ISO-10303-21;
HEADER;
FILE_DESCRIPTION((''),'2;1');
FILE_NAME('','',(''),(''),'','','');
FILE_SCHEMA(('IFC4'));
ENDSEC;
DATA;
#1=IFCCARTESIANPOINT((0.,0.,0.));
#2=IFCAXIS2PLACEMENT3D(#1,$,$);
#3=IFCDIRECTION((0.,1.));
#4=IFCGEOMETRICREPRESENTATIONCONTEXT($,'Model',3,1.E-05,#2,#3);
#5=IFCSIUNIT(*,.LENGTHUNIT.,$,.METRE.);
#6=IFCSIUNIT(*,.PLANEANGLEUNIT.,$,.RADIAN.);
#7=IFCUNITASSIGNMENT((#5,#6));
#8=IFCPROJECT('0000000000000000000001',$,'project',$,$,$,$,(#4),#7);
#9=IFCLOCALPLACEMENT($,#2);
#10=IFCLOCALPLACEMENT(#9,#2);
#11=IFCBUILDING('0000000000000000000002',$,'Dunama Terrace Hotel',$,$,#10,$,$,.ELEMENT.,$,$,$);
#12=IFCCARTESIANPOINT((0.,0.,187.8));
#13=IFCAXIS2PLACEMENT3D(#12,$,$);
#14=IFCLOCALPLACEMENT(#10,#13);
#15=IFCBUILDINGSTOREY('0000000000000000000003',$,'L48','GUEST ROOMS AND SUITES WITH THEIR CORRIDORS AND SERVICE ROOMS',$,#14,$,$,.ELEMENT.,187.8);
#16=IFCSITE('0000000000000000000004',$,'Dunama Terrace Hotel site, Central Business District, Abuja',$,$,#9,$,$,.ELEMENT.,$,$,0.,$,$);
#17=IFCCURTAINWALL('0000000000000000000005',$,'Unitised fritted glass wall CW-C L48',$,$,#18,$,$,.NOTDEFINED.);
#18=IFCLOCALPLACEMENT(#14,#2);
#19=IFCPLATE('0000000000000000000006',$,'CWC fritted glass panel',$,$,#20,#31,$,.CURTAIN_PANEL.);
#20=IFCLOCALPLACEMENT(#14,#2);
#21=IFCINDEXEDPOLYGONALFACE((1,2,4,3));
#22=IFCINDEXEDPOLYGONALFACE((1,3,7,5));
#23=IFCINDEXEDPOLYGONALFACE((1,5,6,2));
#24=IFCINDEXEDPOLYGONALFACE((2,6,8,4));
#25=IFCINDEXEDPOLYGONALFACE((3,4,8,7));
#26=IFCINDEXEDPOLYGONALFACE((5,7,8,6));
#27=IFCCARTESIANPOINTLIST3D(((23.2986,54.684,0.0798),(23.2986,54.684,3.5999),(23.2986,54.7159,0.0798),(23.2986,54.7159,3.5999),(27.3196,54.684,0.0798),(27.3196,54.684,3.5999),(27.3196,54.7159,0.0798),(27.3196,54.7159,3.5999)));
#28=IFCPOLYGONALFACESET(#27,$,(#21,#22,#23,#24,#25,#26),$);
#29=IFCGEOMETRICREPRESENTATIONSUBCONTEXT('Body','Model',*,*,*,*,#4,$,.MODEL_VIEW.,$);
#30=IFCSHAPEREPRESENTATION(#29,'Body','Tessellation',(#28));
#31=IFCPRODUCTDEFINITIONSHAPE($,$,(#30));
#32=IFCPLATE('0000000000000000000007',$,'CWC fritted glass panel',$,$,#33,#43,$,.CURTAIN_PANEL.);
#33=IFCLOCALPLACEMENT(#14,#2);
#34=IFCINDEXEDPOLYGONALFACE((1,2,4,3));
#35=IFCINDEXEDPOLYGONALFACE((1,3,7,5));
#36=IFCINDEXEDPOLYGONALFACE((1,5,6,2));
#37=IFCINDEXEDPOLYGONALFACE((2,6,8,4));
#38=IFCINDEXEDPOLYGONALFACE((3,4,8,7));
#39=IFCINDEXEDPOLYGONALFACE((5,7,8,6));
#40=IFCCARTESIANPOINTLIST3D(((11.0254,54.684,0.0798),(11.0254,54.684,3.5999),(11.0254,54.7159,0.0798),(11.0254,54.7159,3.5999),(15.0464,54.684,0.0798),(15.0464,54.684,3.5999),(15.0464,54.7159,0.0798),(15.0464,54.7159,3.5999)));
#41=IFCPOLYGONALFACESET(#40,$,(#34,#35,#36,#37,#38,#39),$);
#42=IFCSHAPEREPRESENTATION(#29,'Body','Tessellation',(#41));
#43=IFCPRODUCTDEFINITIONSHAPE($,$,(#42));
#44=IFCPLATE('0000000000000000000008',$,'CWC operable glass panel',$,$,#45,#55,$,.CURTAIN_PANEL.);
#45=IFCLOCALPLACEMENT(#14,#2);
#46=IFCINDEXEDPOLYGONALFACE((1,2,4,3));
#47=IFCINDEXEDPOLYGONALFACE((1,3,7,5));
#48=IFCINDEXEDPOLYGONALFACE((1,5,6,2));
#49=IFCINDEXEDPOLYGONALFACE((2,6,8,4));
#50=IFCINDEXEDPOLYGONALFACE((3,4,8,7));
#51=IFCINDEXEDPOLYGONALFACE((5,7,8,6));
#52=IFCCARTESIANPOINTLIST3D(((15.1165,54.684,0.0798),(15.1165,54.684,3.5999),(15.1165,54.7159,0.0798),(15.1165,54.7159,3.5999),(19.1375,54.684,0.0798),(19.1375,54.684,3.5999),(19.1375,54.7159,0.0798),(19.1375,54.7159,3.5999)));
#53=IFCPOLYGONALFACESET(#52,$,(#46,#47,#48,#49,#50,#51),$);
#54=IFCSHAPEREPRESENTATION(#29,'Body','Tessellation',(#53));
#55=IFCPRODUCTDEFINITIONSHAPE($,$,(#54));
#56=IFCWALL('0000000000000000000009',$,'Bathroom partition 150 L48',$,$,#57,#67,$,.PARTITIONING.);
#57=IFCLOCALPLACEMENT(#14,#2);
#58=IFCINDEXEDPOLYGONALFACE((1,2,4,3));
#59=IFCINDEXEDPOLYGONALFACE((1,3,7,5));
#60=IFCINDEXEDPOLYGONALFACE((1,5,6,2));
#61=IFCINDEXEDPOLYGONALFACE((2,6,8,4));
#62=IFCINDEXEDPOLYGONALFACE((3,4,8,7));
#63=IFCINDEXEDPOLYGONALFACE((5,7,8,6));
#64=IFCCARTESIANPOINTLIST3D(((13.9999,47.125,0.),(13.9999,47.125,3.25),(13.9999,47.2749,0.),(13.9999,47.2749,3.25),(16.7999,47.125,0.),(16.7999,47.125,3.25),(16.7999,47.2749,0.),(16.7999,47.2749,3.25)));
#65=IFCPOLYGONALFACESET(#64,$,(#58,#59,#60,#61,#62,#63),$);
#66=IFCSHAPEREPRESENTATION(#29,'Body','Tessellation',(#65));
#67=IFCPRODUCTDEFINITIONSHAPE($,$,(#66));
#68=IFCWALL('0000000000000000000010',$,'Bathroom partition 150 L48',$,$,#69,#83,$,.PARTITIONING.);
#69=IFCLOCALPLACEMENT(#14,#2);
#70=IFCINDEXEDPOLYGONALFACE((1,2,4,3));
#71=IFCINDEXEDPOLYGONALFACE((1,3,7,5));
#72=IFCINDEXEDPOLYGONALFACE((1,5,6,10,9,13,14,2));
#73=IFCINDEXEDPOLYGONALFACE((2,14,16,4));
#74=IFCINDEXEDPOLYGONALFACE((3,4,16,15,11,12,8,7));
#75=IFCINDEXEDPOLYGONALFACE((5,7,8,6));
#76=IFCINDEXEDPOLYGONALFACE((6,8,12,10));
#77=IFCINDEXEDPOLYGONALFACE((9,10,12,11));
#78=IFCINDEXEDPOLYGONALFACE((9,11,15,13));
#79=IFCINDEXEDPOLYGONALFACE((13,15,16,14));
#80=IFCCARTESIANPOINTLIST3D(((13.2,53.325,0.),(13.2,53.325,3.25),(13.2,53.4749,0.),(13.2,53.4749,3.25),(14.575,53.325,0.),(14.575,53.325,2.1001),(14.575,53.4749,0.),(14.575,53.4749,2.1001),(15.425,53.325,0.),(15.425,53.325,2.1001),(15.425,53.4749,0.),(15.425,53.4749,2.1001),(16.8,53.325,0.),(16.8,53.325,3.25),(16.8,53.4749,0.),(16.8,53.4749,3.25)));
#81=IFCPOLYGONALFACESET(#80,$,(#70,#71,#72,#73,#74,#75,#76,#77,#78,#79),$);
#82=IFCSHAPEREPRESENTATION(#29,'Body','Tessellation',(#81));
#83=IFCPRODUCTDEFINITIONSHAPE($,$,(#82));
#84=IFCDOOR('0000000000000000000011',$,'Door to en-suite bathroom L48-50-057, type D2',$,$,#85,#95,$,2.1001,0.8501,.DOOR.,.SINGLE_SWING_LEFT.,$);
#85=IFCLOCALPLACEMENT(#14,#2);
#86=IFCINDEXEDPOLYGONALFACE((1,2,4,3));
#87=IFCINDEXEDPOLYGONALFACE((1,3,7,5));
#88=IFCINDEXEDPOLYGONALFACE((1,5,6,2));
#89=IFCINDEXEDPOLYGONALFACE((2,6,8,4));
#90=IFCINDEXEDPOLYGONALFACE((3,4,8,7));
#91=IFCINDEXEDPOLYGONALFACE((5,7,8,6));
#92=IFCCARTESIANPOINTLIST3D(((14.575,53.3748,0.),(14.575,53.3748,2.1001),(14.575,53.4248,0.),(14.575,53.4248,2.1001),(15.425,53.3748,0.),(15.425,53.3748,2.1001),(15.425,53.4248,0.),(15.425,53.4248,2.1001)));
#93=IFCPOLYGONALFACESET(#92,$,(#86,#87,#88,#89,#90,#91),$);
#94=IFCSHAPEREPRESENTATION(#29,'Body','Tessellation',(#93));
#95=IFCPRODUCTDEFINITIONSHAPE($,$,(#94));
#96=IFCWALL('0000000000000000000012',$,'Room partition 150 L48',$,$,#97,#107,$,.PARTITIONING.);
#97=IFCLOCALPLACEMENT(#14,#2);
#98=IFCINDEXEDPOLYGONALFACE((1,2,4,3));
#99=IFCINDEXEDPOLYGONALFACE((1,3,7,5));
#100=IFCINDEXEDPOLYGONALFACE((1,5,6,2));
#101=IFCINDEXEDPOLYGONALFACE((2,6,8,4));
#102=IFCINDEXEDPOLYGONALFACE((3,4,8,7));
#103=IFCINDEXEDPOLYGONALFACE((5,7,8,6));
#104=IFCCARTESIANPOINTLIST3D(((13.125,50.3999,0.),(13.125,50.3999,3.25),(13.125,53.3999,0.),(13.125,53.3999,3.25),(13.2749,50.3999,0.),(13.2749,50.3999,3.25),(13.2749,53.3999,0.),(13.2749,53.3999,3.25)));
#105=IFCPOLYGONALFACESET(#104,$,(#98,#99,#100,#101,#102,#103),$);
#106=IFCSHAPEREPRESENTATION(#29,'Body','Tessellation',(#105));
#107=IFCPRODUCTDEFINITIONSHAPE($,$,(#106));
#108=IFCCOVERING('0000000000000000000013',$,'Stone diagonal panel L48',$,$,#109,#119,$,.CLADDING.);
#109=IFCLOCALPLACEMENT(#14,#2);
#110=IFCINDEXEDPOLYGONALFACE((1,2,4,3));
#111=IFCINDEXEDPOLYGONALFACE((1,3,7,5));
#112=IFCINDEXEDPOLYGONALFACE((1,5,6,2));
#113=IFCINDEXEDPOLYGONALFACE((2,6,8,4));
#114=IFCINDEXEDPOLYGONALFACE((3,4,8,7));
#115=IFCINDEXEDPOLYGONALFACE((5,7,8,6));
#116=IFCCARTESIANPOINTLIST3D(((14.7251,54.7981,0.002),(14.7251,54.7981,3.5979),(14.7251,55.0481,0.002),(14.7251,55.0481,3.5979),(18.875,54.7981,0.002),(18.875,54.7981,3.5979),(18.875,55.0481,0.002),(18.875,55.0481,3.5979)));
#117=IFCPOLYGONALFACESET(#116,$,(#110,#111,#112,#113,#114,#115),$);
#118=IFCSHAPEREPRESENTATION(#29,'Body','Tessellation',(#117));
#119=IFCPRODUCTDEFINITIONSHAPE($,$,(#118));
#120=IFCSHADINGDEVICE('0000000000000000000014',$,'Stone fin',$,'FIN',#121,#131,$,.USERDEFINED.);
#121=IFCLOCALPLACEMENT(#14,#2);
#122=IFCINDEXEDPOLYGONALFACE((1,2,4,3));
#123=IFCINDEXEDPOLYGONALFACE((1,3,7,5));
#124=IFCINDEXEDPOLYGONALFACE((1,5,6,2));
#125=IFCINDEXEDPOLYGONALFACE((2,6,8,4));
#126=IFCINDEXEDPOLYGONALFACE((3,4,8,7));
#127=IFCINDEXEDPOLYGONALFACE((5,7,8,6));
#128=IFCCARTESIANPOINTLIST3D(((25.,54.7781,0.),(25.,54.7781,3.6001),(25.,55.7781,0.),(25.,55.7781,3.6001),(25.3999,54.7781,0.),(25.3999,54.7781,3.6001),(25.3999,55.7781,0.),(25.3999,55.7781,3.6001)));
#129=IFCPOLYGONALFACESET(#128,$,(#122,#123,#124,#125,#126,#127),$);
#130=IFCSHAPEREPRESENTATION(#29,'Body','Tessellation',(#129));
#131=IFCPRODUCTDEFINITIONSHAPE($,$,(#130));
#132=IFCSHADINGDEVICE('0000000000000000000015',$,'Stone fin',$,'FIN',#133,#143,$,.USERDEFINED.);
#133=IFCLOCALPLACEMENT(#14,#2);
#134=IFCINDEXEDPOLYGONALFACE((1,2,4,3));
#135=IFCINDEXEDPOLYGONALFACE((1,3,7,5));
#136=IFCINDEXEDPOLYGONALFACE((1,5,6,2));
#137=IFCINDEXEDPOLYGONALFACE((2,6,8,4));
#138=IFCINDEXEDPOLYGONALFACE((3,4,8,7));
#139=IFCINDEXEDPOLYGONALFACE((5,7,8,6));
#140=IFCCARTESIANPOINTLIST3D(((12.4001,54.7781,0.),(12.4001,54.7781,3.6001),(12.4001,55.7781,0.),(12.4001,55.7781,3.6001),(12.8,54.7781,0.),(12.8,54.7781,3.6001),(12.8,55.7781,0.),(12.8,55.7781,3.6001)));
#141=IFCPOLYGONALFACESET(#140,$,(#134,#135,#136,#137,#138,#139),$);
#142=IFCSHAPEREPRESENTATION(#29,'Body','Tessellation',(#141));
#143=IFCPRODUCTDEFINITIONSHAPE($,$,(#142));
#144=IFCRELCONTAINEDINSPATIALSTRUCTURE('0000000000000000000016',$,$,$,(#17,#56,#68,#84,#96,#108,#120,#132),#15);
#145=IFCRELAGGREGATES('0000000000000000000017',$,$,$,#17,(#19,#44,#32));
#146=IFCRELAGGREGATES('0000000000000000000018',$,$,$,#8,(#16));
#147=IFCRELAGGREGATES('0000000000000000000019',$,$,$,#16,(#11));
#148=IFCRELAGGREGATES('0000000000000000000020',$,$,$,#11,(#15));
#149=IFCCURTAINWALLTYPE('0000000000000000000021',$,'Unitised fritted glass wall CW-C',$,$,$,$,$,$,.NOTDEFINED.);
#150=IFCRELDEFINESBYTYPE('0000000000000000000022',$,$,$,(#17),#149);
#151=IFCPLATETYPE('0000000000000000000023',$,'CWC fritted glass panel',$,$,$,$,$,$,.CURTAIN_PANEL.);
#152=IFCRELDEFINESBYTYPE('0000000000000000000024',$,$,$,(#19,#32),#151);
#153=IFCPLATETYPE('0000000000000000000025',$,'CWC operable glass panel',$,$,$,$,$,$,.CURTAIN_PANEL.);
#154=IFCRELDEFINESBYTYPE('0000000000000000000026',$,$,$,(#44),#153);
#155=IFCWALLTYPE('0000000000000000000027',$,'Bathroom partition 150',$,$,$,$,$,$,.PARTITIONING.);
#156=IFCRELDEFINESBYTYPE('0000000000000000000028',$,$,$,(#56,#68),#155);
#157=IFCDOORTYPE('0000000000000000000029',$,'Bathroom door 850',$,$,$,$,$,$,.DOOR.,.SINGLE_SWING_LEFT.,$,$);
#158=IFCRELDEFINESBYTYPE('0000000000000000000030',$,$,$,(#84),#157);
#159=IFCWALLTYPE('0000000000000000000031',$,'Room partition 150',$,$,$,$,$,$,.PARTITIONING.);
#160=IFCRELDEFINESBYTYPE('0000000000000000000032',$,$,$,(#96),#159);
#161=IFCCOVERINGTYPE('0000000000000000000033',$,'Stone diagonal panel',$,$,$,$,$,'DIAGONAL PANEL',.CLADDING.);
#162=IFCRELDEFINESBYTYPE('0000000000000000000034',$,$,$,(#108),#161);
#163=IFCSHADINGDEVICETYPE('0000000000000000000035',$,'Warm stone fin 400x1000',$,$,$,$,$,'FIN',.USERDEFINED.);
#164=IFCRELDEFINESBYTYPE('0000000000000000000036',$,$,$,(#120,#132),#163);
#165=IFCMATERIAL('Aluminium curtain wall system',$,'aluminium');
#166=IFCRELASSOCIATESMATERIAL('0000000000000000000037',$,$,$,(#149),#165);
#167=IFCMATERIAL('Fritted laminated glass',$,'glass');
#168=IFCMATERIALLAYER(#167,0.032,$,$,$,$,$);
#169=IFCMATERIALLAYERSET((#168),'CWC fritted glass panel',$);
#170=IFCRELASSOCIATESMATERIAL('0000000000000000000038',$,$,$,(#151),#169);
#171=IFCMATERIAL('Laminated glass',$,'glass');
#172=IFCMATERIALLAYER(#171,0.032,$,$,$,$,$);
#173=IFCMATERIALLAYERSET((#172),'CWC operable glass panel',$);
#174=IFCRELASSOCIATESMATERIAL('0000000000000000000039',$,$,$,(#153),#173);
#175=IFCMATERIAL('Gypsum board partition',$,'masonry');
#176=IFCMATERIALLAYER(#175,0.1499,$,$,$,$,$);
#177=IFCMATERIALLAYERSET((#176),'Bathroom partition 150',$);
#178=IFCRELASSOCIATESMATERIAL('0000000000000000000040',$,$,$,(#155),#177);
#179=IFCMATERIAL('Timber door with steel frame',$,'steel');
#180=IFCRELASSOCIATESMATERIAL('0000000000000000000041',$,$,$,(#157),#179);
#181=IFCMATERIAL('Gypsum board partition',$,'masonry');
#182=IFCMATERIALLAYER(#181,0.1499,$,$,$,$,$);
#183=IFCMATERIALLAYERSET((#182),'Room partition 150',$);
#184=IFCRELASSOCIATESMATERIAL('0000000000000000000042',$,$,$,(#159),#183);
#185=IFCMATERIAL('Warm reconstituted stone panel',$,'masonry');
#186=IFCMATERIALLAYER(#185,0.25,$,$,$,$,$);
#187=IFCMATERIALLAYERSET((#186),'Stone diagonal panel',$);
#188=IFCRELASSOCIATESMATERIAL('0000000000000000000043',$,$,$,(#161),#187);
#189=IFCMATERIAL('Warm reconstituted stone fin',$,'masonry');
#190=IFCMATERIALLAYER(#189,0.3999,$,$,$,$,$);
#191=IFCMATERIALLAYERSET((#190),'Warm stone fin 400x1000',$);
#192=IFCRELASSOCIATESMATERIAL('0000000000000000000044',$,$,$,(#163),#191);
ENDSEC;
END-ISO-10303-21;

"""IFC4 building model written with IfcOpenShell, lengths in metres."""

from ifc_helpers import new_model, si_unit, direction, frame, frame_2d, origin, origin_2d, place, context, subcontext, project, spatial, rectangle, extrude, material, layer, layer_set, type_object, element, fill, aggregate, save


model = new_model("IFC4")

# Units and contexts
model_context = context("Model", 3, precision=1e-05, world=origin(), true_north=direction((0.0, 1.0)))
body_context = subcontext(model_context, "Body", "Model", "MODEL_VIEW")
ifc_project = project(units=[si_unit("LENGTHUNIT", "METRE"), si_unit("PLANEANGLEUNIT", "RADIAN")], contexts=[model_context])

# Site, building, storey
site_placement = place(None, origin())
site = spatial("IfcSite", under=ifc_project, at=site_placement, Name="Dunama Terrace Hotel site, Central Business District, Abuja", CompositionType="ELEMENT", RefElevation=0.0)
building_placement = place(site_placement, origin())
building = spatial("IfcBuilding", under=site, at=building_placement, Name="Dunama Terrace Hotel", CompositionType="ELEMENT")
storey_placement = place(building_placement, frame((0.0, 0.0, 187.8)))
storey = spatial("IfcBuildingStorey", under=building, at=storey_placement, Name="L48", Description="GUEST ROOMS AND SUITES WITH THEIR CORRIDORS AND SERVICE ROOMS", CompositionType="ELEMENT", Elevation=187.8)

# Curtain wall
ifc_material_1 = material(Name="Aluminium curtain wall system", Category="aluminium")
curtain_wall_type = type_object("IfcCurtainWallType", Name="Unitised fritted glass wall CW-C", PredefinedType="NOTDEFINED", material=ifc_material_1)
curtain_wall_placement = place(storey_placement, origin())
curtain_wall = element("IfcCurtainWall", 1, at=curtain_wall_placement, inside=storey, type_object=curtain_wall_type, Name="Unitised fritted glass wall CW-C L48", PredefinedType="NOTDEFINED")

# Plates
ifc_material_2 = material(Name="Fritted laminated glass", Category="glass")
ifc_layer_1 = layer(ifc_material_2, 0.032)
ifc_layer_set_1 = layer_set([ifc_layer_1], Name="CWC fritted glass panel")
plate_type_1 = type_object("IfcPlateType", Name="CWC fritted glass panel", PredefinedType="CURTAIN_PANEL", material=ifc_layer_set_1)
plate_1_placement = place(storey_placement, frame((25.3091, 54.7, 0.0798), z_axis=(0.0, 0.0, 1.0), x_axis=(-1.0, 0.0, 0.0)))
plate_1 = element("IfcPlate", 2, at=plate_1_placement, type_object=plate_type_1, Name="CWC fritted glass panel", PredefinedType="CURTAIN_PANEL", context=body_context, shape_type="SweptSolid", body=[
    extrude(rectangle(XDim=4.021, YDim=0.032, at=origin_2d()), origin(), (0.0, 0.0, 1.0), 3.52),
])
plate_2_placement = place(storey_placement, frame((13.0359, 54.7, 0.0798), z_axis=(0.0, 0.0, 1.0), x_axis=(-1.0, 0.0, 0.0)))
plate_2 = element("IfcPlate", 3, at=plate_2_placement, type_object=plate_type_1, Name="CWC fritted glass panel", PredefinedType="CURTAIN_PANEL", context=body_context, shape_type="SweptSolid", body=[
    extrude(rectangle(XDim=4.021, YDim=0.032, at=origin_2d()), origin(), (0.0, 0.0, 1.0), 3.52),
])
ifc_material_3 = material(Name="Laminated glass", Category="glass")
ifc_layer_2 = layer(ifc_material_3, 0.032)
ifc_layer_set_2 = layer_set([ifc_layer_2], Name="CWC operable glass panel")
plate_type_2 = type_object("IfcPlateType", Name="CWC operable glass panel", PredefinedType="CURTAIN_PANEL", material=ifc_layer_set_2)
plate_3_placement = place(storey_placement, frame((17.127, 54.7, 0.0798), z_axis=(0.0, 0.0, 1.0), x_axis=(-1.0, 0.0, 0.0)))
plate_3 = element("IfcPlate", 4, at=plate_3_placement, type_object=plate_type_2, Name="CWC operable glass panel", PredefinedType="CURTAIN_PANEL", context=body_context, shape_type="SweptSolid", body=[
    extrude(rectangle(XDim=4.021, YDim=0.032, at=origin_2d()), origin(), (0.0, 0.0, 1.0), 3.52),
])
aggregate(curtain_wall, [plate_1, plate_3, plate_2])

# Wall
ifc_material_4 = material(Name="Gypsum board partition", Category="masonry")
ifc_layer_3 = layer(ifc_material_4, 0.1499)
ifc_layer_set_3 = layer_set([ifc_layer_3], Name="Bathroom partition 150")
wall_type_1 = type_object("IfcWallType", Name="Bathroom partition 150", PredefinedType="PARTITIONING", material=ifc_layer_set_3)
wall_1_placement = place(storey_placement, frame((14.0, 47.2, 0.0), z_axis=(0.0, 0.0, 1.0), x_axis=(1.0, 0.0, 0.0)))
element("IfcWall", 5, at=wall_1_placement, inside=storey, type_object=wall_type_1, Name="Bathroom partition 150 L48", PredefinedType="PARTITIONING", context=body_context, shape_type="SweptSolid", body=[
    extrude(rectangle(XDim=2.8, YDim=0.1499, at=frame_2d((1.3999, 0.0))), origin(), (0.0, 0.0, 1.0), 3.25),
])

# Wall, opening, door
wall_2_placement = place(storey_placement, frame((13.2, 53.3999, 0.0), z_axis=(0.0, 0.0, 1.0), x_axis=(1.0, 0.0, 0.0)))
wall_2 = element("IfcWall", 6, at=wall_2_placement, inside=storey, type_object=wall_type_1, Name="Bathroom partition 150 L48", PredefinedType="PARTITIONING", context=body_context, shape_type="SweptSolid", body=[
    extrude(rectangle(XDim=3.6001, YDim=0.1499, at=frame_2d((1.8, 0.0))), origin(), (0.0, 0.0, 1.0), 3.25),
])
opening_placement = place(wall_2_placement, frame((1.375, 0.0, 0.0)))
opening = element("IfcOpeningElement", 7, at=opening_placement, cuts=wall_2, PredefinedType="OPENING", context=body_context, shape_type="SweptSolid", body=[
    extrude(rectangle(XDim=0.8501, YDim=2.1001, at=frame_2d((0.425, 1.05))), frame((0.0, 0.085, 0.0), z_axis=(0.0, -1.0, 0.0), x_axis=(1.0, 0.0, 0.0)), (0.0, 0.0, 1.0), 0.1699),
])
ifc_material_5 = material(Name="Timber door with steel frame", Category="steel")
door_type = type_object("IfcDoorType", Name="Bathroom door 850", OperationType="SINGLE_SWING_LEFT", PredefinedType="DOOR", material=ifc_material_5)
door_placement = place(opening_placement, frame((0.8501, 0.0, 0.0), z_axis=(0.0, 0.0, 1.0), x_axis=(-1.0, 0.0, 0.0)))
door = element("IfcDoor", 8, at=door_placement, inside=storey, type_object=door_type, Name="Door to en-suite bathroom L48-50-057, type D2", OperationType="SINGLE_SWING_LEFT", OverallHeight=2.1001, OverallWidth=0.8501, PredefinedType="DOOR", context=body_context, shape_type="SweptSolid", body=[
    extrude(rectangle(XDim=0.8501, YDim=2.1001, at=frame_2d((0.425, 1.05))), frame((0.0, 0.0251, 0.0), z_axis=(0.0, -1.0, 0.0), x_axis=(1.0, 0.0, 0.0)), (0.0, 0.0, 1.0), 0.05),
])
fill(opening, door)

# Wall
ifc_material_6 = material(Name="Gypsum board partition", Category="masonry")
ifc_layer_4 = layer(ifc_material_6, 0.1499)
ifc_layer_set_4 = layer_set([ifc_layer_4], Name="Room partition 150")
wall_type_2 = type_object("IfcWallType", Name="Room partition 150", PredefinedType="PARTITIONING", material=ifc_layer_set_4)
wall_3_placement = place(storey_placement, frame((13.2, 50.3999, 0.0), z_axis=(0.0, 0.0, 1.0), x_axis=(0.0, 1.0, 0.0)))
element("IfcWall", 9, at=wall_3_placement, inside=storey, type_object=wall_type_2, Name="Room partition 150 L48", PredefinedType="PARTITIONING", context=body_context, shape_type="SweptSolid", body=[
    extrude(rectangle(XDim=3.0, YDim=0.1499, at=frame_2d((1.5, 0.0))), origin(), (0.0, 0.0, 1.0), 3.25),
])

# Covering
ifc_material_7 = material(Name="Warm reconstituted stone panel", Category="masonry")
ifc_layer_5 = layer(ifc_material_7, 0.25)
ifc_layer_set_5 = layer_set([ifc_layer_5], Name="Stone diagonal panel")
covering_type = type_object("IfcCoveringType", Name="Stone diagonal panel", ElementType="DIAGONAL PANEL", PredefinedType="CLADDING", material=ifc_layer_set_5)
covering_placement = place(storey_placement, frame((16.8, 54.9231, 0.002), z_axis=(0.0, 0.0, 1.0), x_axis=(-1.0, 0.0, 0.0)))
element("IfcCovering", 10, at=covering_placement, inside=storey, type_object=covering_type, Name="Stone diagonal panel L48", PredefinedType="CLADDING", context=body_context, shape_type="SweptSolid", body=[
    extrude(rectangle(XDim=4.1499, YDim=0.25, at=origin_2d()), origin(), (0.0, 0.0, 1.0), 3.5959),
])

# Shading devices
ifc_material_8 = material(Name="Warm reconstituted stone fin", Category="masonry")
ifc_layer_6 = layer(ifc_material_8, 0.3999)
ifc_layer_set_6 = layer_set([ifc_layer_6], Name="Warm stone fin 400x1000")
shading_device_type = type_object("IfcShadingDeviceType", Name="Warm stone fin 400x1000", ElementType="FIN", PredefinedType="USERDEFINED", material=ifc_layer_set_6)
for number, where, z_axis, x_axis, name in (
    (11, (25.2, 55.2781, 0.0), (0.0, 0.0, 1.0), (-1.0, 0.0, 0.0), "Stone fin"),
    (12, (12.6001, 55.2781, 0.0), (0.0, 0.0, 1.0), (-1.0, 0.0, 0.0), "Stone fin"),
):
    element("IfcShadingDevice", number, at=place(storey_placement, frame(where, z_axis=z_axis, x_axis=x_axis)), inside=storey, type_object=shading_device_type, Name=name, ObjectType="FIN", PredefinedType="USERDEFINED", context=body_context, shape_type="SweptSolid", body=[
        extrude(rectangle(XDim=0.3999, YDim=1.0, at=origin_2d()), origin(), (0.0, 0.0, 1.0), 3.6001),
    ])

save(model, "model.ifc")
